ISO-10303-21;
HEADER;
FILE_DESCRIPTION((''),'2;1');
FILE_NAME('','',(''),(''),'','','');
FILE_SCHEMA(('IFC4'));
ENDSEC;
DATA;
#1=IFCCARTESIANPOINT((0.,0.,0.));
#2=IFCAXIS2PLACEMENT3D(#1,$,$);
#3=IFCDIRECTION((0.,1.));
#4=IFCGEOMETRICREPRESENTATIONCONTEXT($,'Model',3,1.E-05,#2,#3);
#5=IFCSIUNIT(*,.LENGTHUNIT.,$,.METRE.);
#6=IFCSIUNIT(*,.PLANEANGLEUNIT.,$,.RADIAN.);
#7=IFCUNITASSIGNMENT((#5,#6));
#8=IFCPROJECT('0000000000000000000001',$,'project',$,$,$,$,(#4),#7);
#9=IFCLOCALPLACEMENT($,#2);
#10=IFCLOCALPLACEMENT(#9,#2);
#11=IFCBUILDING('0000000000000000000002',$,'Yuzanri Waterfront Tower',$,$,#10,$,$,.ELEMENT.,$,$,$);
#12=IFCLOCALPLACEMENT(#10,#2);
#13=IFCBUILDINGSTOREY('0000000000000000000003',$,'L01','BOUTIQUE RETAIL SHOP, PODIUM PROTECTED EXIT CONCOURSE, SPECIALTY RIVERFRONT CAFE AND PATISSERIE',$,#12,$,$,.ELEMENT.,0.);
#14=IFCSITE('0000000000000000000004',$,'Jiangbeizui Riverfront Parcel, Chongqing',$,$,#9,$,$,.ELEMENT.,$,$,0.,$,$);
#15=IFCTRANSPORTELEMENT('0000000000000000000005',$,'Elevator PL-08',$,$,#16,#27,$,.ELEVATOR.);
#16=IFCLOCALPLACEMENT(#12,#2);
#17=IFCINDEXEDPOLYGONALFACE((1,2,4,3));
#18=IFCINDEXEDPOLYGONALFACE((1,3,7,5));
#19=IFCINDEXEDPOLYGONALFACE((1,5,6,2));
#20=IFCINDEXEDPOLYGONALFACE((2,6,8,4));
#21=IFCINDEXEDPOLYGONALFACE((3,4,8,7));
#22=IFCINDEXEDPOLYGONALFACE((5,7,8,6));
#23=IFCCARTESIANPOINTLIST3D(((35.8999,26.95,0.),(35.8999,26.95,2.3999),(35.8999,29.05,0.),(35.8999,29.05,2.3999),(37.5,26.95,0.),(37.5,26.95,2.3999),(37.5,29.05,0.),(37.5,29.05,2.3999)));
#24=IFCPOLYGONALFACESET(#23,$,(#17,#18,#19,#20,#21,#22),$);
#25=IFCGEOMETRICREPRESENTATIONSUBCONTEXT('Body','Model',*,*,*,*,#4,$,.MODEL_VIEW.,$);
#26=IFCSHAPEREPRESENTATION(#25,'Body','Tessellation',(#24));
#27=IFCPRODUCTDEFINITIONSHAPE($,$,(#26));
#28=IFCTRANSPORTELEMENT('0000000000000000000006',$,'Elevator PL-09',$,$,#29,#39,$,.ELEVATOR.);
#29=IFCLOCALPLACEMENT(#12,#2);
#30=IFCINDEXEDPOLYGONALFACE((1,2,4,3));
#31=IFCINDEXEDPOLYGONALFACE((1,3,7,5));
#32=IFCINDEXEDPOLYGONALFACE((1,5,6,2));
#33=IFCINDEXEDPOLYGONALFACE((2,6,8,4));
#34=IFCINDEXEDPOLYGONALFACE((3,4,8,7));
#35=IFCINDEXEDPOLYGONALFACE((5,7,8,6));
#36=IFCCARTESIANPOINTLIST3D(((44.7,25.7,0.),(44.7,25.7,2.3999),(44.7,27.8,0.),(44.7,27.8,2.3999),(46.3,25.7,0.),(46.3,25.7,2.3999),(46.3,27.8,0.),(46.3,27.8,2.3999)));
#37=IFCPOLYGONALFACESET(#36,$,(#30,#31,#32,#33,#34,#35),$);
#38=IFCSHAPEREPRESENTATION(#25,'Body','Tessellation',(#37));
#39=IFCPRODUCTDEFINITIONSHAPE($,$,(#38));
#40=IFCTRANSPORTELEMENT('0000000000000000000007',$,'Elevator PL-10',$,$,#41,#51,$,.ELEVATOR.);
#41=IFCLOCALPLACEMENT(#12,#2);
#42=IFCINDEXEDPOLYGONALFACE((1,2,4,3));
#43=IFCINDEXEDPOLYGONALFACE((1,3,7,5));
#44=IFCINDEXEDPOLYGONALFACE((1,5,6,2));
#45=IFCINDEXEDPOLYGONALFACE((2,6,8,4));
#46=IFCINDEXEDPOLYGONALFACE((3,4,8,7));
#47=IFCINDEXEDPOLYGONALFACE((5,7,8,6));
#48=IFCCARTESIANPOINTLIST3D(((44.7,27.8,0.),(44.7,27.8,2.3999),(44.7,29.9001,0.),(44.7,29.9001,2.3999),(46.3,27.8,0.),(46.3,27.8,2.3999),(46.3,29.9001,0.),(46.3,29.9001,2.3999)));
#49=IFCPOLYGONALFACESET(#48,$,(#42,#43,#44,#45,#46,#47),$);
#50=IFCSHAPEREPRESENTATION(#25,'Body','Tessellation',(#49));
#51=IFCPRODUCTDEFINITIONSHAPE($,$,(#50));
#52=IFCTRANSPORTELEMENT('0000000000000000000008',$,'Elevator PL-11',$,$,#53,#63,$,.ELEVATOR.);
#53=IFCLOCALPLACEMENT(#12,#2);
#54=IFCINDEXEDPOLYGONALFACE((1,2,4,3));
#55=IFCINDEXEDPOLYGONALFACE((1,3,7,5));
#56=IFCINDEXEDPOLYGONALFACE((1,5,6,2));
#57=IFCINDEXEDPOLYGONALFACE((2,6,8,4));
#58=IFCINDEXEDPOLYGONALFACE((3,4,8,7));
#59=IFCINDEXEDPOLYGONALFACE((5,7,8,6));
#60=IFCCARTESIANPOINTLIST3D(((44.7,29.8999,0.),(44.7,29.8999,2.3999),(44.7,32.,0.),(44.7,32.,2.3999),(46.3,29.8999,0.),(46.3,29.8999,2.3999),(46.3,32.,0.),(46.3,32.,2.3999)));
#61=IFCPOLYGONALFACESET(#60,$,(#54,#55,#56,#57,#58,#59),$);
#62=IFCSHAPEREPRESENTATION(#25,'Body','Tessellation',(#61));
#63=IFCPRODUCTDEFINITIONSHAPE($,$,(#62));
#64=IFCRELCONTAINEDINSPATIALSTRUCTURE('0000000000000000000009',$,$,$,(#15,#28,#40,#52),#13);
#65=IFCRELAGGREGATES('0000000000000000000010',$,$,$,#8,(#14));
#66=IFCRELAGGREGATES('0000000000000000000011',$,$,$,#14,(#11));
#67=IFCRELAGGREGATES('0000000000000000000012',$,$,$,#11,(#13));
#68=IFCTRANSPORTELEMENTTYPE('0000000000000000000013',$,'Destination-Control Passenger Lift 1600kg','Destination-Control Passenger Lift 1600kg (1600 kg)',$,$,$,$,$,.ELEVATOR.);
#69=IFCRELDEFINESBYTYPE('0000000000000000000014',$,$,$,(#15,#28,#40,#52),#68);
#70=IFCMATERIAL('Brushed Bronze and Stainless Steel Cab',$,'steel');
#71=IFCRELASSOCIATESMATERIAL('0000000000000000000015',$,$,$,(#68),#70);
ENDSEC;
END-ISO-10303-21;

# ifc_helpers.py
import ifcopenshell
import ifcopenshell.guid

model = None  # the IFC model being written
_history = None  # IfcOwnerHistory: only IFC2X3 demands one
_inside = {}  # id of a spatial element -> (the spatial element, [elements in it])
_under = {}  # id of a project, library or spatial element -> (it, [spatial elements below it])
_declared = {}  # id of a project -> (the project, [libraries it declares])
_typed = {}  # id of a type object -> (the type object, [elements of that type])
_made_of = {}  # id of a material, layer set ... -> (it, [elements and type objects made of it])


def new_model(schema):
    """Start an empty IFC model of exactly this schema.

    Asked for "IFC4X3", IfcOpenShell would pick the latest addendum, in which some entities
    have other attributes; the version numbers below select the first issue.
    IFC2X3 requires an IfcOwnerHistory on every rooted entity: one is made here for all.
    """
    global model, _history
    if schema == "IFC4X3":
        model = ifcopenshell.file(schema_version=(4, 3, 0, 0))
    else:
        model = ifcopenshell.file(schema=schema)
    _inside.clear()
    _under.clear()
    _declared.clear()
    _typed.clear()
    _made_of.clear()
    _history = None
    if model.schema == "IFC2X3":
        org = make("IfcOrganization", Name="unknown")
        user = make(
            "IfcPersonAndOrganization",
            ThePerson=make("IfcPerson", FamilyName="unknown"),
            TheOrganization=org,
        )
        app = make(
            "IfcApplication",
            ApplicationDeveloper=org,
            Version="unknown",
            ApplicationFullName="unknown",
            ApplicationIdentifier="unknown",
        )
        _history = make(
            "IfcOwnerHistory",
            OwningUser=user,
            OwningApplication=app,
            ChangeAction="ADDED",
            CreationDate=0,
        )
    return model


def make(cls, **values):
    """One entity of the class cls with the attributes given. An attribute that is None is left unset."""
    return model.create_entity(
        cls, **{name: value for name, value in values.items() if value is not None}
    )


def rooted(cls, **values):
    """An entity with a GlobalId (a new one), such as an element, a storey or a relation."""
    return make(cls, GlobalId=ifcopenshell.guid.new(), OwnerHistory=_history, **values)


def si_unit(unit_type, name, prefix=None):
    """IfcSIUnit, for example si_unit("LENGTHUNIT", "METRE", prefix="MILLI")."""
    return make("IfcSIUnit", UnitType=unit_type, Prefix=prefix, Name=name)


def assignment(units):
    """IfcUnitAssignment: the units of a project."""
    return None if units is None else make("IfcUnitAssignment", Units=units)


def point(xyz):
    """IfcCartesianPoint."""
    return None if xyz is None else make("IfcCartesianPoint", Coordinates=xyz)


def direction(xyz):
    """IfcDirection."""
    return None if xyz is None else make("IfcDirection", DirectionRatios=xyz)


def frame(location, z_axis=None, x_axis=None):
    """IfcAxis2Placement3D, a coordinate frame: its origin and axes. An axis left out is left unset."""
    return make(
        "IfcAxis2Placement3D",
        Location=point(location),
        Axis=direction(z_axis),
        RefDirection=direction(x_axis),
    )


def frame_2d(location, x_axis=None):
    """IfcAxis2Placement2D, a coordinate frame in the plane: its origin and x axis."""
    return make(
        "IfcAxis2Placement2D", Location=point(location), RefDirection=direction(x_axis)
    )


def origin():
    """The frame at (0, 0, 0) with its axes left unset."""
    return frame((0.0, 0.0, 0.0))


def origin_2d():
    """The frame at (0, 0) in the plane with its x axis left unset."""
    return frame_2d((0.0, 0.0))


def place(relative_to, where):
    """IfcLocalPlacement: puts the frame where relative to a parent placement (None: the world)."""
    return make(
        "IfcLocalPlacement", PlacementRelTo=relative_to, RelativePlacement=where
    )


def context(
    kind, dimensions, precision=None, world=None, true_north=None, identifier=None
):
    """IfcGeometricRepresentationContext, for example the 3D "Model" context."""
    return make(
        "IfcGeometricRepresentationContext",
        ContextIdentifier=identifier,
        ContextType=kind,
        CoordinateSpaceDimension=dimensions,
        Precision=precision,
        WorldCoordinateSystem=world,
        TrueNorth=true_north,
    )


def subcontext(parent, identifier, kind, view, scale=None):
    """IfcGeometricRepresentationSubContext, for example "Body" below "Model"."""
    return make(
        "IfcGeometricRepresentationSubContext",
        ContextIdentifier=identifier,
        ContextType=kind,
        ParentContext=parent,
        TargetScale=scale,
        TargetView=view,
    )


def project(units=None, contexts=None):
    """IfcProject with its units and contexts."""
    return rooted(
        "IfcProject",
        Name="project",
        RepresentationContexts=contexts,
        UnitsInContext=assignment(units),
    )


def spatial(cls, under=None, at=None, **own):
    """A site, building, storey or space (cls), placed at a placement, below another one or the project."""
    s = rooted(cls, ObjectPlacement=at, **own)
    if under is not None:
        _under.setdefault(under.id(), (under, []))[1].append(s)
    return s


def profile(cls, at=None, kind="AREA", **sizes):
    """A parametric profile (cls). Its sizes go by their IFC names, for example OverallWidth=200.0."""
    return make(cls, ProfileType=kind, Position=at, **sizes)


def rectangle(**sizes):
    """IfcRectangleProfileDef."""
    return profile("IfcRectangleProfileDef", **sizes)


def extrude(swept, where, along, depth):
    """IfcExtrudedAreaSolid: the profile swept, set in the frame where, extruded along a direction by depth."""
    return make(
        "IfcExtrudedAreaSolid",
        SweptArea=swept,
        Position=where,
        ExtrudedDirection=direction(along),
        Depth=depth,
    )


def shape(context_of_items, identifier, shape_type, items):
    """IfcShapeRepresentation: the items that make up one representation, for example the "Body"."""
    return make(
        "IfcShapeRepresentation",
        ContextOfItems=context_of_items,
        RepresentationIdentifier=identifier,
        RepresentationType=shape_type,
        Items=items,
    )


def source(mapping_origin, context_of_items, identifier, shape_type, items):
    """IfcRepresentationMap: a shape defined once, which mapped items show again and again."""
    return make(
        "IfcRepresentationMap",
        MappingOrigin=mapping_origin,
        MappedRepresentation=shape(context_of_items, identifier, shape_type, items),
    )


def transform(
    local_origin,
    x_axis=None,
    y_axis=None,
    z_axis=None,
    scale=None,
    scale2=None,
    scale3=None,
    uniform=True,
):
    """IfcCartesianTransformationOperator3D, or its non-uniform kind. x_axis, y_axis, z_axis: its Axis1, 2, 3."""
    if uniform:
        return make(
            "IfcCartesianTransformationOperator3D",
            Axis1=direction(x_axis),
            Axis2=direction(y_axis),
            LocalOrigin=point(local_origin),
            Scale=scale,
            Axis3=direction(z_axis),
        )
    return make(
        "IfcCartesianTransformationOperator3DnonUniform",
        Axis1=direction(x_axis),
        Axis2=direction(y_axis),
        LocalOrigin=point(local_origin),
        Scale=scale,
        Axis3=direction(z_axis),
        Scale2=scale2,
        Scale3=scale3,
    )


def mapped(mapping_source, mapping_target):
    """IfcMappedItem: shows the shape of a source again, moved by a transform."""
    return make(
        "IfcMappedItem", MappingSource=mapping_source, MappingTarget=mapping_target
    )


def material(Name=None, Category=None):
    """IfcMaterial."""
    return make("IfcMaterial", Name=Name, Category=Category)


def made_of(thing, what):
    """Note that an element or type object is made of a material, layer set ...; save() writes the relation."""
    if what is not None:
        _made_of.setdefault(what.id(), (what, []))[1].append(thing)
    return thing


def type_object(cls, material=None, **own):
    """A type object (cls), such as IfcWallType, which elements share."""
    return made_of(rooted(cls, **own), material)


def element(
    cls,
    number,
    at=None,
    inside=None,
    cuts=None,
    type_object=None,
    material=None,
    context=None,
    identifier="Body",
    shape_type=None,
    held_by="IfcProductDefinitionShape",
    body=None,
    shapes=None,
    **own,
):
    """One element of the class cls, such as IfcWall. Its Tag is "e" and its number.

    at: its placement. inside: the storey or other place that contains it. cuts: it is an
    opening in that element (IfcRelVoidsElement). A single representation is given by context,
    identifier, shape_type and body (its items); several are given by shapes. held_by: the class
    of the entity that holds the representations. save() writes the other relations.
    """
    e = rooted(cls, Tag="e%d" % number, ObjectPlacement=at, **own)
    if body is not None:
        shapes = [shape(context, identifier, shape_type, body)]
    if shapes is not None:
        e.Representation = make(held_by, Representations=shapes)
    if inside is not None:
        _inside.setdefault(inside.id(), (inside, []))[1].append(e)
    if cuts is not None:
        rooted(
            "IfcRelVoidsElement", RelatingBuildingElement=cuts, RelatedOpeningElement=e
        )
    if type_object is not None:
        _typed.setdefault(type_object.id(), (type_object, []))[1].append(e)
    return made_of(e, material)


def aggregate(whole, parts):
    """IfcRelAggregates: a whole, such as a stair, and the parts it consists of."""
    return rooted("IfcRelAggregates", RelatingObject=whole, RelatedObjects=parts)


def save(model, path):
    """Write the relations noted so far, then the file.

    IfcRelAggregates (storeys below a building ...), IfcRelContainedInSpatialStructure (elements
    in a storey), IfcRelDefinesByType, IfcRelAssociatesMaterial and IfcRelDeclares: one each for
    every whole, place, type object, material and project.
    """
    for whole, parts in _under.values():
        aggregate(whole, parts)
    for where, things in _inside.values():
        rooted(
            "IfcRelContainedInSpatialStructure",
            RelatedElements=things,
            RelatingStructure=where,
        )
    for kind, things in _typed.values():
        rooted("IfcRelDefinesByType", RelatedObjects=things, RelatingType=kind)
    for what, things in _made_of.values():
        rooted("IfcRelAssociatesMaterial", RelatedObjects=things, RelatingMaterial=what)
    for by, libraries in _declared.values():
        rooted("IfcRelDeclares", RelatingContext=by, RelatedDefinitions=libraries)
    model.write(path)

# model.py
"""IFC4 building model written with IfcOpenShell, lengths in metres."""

from ifc_helpers import new_model, si_unit, direction, frame, origin, origin_2d, place, context, subcontext, project, spatial, rectangle, extrude, source, transform, mapped, material, type_object, element, save


model = new_model("IFC4")

# Units and contexts
model_context = context("Model", 3, precision=1e-05, world=origin(), true_north=direction((0.0, 1.0)))
body_context = subcontext(model_context, "Body", "Model", "MODEL_VIEW")
ifc_project = project(units=[si_unit("LENGTHUNIT", "METRE"), si_unit("PLANEANGLEUNIT", "RADIAN")], contexts=[model_context])

# Site, building, storey
site_placement = place(None, origin())
site = spatial("IfcSite", under=ifc_project, at=site_placement, Name="Jiangbeizui Riverfront Parcel, Chongqing", CompositionType="ELEMENT", RefElevation=0.0)
building_placement = place(site_placement, origin())
building = spatial("IfcBuilding", under=site, at=building_placement, Name="Yuzanri Waterfront Tower", CompositionType="ELEMENT")
storey_placement = place(building_placement, origin())
storey = spatial("IfcBuildingStorey", under=building, at=storey_placement, Name="L01", Description="BOUTIQUE RETAIL SHOP, PODIUM PROTECTED EXIT CONCOURSE, SPECIALTY RIVERFRONT CAFE AND PATISSERIE", CompositionType="ELEMENT", Elevation=0.0)

# Transport elements
ifc_material_1 = material(Name="Brushed Bronze and Stainless Steel Cab", Category="steel")
transport_element_type = type_object("IfcTransportElementType", Name="Destination-Control Passenger Lift 1600kg", Description="Destination-Control Passenger Lift 1600kg (1600 kg)", PredefinedType="ELEVATOR", material=ifc_material_1)
shared_shape_1 = source(origin(), body_context, "Body", "SweptSolid", [
    extrude(rectangle(XDim=1.6001, YDim=2.1001, at=origin_2d()), origin(), (0.0, 0.0, 1.0), 2.3999),
])
for number, where, z_axis, x_axis, name in (
    (1, (36.7, 28.0, 0.0), (0.0, 0.0, 1.0), (1.0, 0.0, 0.0), "Elevator PL-08"),
    (2, (45.5, 26.75, 0.0), (0.0, 0.0, 1.0), (1.0, 0.0, 0.0), "Elevator PL-09"),
    (3, (45.5, 28.8501, 0.0), (0.0, 0.0, 1.0), (1.0, 0.0, 0.0), "Elevator PL-10"),
    (4, (45.5, 30.95, 0.0), (0.0, 0.0, 1.0), (1.0, 0.0, 0.0), "Elevator PL-11"),
):
    element("IfcTransportElement", number, at=place(storey_placement, frame(where, z_axis=z_axis, x_axis=x_axis)), inside=storey, type_object=transport_element_type, Name=name, PredefinedType="ELEVATOR", context=body_context, shape_type="MappedRepresentation", body=[
        mapped(shared_shape_1, transform((0.0, 0.0, 0.0), scale=1.0)),
    ])

save(model, "model.ifc")
